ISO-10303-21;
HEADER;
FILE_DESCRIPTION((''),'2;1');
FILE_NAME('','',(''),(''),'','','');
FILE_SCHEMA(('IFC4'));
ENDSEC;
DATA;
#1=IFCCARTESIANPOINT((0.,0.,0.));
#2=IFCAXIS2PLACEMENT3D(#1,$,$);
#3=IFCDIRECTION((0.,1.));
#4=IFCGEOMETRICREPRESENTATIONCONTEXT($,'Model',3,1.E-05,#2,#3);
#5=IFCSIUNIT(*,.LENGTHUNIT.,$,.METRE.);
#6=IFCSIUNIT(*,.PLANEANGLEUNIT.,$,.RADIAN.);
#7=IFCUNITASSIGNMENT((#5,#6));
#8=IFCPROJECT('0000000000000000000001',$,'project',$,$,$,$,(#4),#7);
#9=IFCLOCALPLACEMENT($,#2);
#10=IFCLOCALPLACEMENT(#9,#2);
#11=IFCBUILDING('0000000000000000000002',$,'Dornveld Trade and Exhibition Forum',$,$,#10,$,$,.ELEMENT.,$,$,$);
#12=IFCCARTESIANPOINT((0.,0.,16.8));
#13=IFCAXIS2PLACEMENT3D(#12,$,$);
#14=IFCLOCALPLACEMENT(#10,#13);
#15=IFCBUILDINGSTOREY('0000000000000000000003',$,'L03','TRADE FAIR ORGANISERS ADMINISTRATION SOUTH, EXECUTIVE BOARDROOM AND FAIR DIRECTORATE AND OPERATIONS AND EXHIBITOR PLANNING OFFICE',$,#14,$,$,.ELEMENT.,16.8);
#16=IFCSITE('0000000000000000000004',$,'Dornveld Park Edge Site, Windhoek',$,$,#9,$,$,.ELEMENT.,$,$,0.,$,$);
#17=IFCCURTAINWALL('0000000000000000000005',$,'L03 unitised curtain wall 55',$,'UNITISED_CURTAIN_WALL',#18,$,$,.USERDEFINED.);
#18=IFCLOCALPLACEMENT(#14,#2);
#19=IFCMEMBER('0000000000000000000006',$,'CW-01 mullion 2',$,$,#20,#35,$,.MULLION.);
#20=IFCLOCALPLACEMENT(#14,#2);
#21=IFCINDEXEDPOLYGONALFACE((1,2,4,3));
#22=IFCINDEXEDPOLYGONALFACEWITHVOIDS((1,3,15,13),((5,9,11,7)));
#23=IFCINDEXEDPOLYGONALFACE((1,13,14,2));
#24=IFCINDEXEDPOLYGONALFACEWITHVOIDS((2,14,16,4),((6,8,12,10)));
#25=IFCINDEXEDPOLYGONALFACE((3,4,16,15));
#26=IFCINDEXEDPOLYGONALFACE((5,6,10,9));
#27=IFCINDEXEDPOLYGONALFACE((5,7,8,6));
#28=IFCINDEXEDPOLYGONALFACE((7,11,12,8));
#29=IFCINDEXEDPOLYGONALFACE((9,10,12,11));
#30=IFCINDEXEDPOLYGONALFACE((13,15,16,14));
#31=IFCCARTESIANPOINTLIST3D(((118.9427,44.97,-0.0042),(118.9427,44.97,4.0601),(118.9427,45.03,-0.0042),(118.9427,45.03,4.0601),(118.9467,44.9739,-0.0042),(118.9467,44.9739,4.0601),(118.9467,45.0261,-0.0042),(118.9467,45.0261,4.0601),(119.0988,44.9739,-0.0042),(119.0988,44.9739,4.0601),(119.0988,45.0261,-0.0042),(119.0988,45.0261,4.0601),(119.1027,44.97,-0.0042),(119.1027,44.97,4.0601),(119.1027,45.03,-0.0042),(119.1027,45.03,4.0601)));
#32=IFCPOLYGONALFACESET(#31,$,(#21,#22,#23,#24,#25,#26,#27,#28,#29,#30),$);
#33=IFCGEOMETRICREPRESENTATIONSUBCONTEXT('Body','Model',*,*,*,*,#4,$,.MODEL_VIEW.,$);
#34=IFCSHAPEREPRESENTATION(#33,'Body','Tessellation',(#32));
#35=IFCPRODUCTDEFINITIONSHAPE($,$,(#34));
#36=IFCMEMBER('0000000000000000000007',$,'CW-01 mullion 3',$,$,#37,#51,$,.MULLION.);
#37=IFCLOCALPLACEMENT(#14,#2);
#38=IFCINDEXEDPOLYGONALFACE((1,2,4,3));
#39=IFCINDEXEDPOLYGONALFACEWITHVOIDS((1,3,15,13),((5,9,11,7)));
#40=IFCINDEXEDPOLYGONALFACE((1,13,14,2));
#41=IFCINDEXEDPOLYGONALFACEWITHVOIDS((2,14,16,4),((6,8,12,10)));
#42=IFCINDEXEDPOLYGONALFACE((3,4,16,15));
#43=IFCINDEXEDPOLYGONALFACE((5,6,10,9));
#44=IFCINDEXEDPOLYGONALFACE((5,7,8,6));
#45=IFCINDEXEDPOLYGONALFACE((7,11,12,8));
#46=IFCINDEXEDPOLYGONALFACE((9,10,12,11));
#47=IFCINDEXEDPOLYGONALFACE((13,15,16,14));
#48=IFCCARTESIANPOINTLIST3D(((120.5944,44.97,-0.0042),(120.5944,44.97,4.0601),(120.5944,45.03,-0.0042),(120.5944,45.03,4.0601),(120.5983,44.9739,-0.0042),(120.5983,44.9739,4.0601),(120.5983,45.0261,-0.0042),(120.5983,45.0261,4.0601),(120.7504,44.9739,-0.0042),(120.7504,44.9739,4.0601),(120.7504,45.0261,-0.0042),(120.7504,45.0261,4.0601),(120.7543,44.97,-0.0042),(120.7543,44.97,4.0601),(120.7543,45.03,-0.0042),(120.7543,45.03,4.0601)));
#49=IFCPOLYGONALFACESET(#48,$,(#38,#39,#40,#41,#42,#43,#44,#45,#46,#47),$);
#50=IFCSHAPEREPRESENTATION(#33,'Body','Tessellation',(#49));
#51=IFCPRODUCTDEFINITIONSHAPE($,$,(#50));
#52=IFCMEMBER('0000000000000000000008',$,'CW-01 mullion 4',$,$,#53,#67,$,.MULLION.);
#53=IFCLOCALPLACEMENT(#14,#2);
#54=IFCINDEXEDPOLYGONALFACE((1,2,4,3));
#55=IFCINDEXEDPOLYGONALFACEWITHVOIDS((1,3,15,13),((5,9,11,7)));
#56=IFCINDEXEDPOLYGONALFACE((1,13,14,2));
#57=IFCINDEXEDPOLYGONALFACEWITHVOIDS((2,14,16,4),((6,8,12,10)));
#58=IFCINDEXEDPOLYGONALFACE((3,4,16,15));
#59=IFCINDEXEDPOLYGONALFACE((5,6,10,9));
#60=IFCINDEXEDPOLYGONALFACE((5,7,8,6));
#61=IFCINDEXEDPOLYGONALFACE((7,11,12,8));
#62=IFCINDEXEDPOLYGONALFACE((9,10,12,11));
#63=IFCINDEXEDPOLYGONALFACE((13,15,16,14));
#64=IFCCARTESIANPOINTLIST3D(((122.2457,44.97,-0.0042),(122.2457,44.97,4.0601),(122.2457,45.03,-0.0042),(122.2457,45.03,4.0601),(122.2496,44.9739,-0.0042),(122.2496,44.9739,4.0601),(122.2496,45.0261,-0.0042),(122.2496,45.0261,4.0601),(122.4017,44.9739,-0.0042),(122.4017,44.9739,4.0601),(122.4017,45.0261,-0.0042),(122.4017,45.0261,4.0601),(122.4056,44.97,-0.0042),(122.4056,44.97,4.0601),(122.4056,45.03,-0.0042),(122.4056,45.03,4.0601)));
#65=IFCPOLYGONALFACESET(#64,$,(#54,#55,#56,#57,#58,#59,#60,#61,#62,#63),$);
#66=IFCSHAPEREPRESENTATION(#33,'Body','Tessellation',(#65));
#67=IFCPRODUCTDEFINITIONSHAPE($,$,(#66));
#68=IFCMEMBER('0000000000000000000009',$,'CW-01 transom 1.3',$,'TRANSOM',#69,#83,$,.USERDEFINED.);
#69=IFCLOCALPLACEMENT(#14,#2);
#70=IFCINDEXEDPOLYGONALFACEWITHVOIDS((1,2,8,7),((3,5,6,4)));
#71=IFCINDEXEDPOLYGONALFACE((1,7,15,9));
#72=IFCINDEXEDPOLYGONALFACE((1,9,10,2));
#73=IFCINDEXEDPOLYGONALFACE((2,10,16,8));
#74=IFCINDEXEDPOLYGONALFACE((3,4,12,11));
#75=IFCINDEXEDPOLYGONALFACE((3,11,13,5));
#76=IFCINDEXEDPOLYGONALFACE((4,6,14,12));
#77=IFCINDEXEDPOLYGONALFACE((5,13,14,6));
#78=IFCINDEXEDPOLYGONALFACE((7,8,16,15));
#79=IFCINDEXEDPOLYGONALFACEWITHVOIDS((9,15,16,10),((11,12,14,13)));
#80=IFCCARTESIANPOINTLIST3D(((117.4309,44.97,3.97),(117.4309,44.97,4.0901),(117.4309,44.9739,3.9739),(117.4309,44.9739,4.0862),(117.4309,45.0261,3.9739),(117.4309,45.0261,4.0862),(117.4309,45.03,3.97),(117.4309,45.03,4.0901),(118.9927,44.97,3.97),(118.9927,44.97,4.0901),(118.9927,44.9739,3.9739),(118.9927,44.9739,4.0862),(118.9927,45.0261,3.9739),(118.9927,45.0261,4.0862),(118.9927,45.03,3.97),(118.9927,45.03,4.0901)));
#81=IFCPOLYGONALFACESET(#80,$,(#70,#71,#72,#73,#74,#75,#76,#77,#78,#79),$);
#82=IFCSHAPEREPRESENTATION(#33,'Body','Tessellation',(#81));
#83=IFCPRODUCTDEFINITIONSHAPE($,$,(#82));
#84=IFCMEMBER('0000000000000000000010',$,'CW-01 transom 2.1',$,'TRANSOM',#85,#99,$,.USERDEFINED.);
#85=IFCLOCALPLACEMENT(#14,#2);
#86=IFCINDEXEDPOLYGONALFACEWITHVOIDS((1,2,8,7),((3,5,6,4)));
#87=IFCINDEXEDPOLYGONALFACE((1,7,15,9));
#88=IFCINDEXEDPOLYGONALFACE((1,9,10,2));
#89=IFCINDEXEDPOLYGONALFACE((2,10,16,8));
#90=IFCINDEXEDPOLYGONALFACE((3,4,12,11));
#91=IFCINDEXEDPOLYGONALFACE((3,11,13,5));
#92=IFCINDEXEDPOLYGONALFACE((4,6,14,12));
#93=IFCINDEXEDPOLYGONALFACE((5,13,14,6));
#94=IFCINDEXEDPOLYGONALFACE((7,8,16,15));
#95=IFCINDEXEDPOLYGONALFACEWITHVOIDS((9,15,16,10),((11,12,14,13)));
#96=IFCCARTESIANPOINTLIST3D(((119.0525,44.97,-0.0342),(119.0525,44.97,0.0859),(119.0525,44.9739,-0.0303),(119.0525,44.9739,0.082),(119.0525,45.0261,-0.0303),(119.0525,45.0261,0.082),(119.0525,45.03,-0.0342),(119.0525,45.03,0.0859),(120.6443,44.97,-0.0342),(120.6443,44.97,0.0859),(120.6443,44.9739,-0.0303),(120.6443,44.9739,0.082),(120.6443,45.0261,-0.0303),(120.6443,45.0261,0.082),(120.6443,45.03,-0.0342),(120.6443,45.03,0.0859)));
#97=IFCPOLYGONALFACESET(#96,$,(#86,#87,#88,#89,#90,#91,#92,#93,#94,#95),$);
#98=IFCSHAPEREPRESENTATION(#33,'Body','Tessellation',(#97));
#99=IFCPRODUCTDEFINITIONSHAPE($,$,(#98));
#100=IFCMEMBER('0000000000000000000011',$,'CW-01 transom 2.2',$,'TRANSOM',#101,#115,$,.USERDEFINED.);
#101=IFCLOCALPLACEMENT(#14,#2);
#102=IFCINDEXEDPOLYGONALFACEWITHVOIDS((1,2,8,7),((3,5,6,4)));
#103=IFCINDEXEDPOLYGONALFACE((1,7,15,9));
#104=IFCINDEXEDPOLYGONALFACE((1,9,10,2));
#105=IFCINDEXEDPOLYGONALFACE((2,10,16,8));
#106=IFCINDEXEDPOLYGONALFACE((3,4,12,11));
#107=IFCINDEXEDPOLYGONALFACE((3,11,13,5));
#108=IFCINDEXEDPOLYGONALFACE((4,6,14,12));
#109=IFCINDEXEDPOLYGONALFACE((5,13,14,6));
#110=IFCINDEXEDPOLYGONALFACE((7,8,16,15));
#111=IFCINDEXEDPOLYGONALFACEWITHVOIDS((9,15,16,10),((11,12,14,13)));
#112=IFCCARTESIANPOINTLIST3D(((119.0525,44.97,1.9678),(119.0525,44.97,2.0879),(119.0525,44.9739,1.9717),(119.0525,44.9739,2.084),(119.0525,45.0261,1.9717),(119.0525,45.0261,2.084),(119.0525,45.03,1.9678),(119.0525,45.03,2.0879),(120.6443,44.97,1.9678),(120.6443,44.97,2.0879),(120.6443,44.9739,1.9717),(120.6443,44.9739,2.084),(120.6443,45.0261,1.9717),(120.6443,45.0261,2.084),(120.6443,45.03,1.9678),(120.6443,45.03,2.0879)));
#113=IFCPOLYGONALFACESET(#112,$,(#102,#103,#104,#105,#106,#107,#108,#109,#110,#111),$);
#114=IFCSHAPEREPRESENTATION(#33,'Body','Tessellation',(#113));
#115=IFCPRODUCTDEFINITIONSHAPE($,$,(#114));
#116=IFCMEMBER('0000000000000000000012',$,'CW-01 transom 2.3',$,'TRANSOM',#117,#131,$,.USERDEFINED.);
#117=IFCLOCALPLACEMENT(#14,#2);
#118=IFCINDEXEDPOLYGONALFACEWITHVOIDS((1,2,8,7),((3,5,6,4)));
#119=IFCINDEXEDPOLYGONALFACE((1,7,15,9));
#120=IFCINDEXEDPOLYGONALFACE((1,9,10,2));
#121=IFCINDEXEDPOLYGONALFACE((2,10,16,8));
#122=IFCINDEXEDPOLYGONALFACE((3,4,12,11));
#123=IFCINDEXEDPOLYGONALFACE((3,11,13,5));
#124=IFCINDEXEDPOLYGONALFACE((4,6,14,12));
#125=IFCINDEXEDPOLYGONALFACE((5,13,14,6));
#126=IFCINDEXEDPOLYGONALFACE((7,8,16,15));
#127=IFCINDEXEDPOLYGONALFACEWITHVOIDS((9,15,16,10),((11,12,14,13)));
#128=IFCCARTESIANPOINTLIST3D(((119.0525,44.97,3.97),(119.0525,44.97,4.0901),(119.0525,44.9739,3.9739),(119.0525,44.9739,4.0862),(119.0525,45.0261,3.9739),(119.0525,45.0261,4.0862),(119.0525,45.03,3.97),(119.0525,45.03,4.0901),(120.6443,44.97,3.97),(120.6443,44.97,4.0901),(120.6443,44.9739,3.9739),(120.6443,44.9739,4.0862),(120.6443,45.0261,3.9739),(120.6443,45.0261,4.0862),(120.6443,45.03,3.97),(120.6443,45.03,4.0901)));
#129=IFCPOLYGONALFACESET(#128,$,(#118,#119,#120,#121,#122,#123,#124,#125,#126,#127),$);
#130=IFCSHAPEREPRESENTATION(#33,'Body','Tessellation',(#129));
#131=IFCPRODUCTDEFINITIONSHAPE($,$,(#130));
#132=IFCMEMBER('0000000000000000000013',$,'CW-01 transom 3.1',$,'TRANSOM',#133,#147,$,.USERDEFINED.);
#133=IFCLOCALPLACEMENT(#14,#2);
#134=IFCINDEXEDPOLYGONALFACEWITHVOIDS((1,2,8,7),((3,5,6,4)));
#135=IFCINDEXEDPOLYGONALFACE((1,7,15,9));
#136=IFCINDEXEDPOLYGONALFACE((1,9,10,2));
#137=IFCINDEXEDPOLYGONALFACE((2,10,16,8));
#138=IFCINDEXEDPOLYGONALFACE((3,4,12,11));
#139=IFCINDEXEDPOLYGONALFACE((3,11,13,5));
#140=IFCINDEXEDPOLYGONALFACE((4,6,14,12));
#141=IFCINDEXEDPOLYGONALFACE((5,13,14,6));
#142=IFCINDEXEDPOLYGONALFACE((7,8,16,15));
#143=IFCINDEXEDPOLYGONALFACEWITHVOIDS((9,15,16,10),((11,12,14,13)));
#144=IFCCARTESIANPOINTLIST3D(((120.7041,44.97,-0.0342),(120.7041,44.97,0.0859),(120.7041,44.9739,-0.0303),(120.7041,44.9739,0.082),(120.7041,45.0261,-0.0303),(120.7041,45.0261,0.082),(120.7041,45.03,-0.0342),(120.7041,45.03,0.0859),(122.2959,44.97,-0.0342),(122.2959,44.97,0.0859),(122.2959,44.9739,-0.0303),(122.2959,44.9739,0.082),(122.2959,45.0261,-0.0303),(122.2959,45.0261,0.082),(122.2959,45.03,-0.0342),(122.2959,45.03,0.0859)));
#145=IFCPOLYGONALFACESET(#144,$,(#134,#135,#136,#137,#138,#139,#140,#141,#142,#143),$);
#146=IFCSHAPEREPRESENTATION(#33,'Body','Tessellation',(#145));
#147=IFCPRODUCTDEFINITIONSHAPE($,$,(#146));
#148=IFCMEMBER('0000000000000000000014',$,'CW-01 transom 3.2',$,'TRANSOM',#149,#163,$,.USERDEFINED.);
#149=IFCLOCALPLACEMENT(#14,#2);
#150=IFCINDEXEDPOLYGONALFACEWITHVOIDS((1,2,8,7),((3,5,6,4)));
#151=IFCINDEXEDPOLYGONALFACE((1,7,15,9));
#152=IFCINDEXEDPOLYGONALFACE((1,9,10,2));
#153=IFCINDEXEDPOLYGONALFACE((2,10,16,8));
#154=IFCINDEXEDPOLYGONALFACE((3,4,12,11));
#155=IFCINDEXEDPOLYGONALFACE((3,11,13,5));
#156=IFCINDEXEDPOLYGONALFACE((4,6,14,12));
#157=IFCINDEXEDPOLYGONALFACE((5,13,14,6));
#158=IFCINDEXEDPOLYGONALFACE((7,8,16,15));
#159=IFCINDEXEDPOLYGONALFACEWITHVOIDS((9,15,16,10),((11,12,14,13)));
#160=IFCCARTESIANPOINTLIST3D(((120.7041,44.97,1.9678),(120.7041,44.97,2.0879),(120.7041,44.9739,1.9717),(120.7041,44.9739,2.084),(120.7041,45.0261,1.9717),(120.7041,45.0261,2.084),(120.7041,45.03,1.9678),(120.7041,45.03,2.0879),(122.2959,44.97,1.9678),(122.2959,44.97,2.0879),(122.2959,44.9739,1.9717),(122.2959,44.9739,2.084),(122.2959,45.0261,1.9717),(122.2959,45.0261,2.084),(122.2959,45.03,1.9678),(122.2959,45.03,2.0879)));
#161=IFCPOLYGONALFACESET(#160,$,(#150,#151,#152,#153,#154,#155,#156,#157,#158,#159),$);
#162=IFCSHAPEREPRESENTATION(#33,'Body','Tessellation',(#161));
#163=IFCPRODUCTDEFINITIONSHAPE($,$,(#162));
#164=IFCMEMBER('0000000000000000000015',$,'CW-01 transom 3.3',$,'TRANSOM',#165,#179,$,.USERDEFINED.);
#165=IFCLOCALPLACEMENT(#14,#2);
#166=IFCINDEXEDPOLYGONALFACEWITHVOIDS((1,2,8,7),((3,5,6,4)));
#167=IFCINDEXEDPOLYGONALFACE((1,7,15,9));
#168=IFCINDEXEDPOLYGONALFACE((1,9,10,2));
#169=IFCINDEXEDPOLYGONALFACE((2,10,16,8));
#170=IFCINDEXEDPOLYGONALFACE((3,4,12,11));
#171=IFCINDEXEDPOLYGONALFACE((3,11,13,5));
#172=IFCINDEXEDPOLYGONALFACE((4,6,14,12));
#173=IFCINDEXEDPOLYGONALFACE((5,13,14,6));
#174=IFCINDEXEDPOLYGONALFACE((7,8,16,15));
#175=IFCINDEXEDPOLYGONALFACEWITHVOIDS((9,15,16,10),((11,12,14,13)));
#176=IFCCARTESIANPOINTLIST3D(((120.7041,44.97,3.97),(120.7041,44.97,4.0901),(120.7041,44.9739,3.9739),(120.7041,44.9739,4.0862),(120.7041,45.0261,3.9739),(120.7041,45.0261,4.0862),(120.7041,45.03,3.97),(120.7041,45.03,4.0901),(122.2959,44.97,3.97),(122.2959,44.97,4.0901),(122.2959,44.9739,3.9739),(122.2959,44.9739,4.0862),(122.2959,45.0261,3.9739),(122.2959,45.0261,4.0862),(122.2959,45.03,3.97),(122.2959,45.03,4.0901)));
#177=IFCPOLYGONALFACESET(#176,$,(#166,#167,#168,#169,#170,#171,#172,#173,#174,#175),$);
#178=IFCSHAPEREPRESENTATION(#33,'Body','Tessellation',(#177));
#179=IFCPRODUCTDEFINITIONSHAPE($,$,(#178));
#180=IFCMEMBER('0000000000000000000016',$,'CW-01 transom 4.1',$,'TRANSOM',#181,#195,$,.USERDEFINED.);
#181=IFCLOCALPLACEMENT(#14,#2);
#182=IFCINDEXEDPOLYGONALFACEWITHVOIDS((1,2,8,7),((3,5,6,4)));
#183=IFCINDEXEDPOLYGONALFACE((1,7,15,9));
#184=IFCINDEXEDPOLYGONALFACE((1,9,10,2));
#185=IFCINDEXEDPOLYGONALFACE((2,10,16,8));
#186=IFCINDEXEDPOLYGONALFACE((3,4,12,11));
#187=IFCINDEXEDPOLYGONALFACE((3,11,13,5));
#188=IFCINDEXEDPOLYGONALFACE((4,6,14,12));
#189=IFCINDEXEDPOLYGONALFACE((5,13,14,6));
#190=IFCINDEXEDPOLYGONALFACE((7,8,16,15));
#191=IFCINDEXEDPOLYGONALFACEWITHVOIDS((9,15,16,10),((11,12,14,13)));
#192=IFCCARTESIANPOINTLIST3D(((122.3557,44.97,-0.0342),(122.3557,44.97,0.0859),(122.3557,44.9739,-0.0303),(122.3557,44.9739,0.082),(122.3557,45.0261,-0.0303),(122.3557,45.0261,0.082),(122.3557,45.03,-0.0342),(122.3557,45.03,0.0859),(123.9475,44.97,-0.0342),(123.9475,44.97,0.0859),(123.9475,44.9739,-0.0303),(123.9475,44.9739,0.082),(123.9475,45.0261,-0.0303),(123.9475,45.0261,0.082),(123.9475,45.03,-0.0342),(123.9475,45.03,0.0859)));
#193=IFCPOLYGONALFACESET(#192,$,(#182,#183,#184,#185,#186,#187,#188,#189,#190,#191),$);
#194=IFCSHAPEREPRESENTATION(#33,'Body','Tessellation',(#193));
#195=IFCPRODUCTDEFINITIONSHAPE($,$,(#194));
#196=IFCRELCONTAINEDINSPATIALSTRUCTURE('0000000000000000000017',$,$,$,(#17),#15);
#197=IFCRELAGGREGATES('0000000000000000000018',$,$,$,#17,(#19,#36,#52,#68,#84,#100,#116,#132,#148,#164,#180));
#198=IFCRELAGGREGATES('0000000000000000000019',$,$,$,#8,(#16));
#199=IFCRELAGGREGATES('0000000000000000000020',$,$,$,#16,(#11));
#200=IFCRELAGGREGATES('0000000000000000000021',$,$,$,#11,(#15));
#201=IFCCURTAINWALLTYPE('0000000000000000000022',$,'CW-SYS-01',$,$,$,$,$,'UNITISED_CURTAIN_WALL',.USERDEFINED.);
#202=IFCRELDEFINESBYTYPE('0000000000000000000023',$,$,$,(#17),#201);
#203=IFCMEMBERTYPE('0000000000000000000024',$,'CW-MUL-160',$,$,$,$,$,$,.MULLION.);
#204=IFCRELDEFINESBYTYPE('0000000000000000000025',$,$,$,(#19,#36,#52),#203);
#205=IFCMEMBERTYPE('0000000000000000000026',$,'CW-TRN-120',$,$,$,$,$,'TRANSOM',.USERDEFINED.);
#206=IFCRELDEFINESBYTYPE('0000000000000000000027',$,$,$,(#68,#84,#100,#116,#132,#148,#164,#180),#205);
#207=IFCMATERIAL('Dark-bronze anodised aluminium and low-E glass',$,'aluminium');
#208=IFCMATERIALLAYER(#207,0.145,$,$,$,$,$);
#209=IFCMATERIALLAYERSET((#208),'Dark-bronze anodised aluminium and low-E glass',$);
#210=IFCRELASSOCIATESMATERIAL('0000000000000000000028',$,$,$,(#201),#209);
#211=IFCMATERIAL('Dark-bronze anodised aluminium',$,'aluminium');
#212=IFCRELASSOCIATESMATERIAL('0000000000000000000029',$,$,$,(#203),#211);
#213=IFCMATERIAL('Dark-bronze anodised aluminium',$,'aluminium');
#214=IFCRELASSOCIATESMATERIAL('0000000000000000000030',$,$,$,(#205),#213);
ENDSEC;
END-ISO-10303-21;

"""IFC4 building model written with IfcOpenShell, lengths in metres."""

from ifc_helpers import new_model, si_unit, direction, frame, origin, origin_2d, place, context, subcontext, project, spatial, hollow_rectangle, extrude, material, layer, layer_set, material_profile, profile_set, type_object, element, aggregate, save


model = new_model("IFC4")

# Units and contexts
model_context = context("Model", 3, precision=1e-05, world=origin(), true_north=direction((0.0, 1.0)))
body_context = subcontext(model_context, "Body", "Model", "MODEL_VIEW")
ifc_project = project(units=[si_unit("LENGTHUNIT", "METRE"), si_unit("PLANEANGLEUNIT", "RADIAN")], contexts=[model_context])

# Site, building, storey
site_placement = place(None, origin())
site = spatial("IfcSite", under=ifc_project, at=site_placement, Name="Dornveld Park Edge Site, Windhoek", CompositionType="ELEMENT", RefElevation=0.0)
building_placement = place(site_placement, origin())
building = spatial("IfcBuilding", under=site, at=building_placement, Name="Dornveld Trade and Exhibition Forum", CompositionType="ELEMENT")
storey_placement = place(building_placement, frame((0.0, 0.0, 16.8)))
storey = spatial("IfcBuildingStorey", under=building, at=storey_placement, Name="L03", Description="TRADE FAIR ORGANISERS ADMINISTRATION SOUTH, EXECUTIVE BOARDROOM AND FAIR DIRECTORATE AND OPERATIONS AND EXHIBITOR PLANNING OFFICE", CompositionType="ELEMENT", Elevation=16.8)

# Curtain wall, members
ifc_material_1 = material(Name="Dark-bronze anodised aluminium and low-E glass", Category="aluminium")
ifc_layer_1 = layer(ifc_material_1, 0.145)
ifc_layer_set_1 = layer_set([ifc_layer_1], Name="Dark-bronze anodised aluminium and low-E glass")
curtain_wall_type = type_object("IfcCurtainWallType", Name="CW-SYS-01", ElementType="UNITISED_CURTAIN_WALL", PredefinedType="USERDEFINED", material=ifc_layer_set_1)
curtain_wall_placement = place(storey_placement, origin())
curtain_wall = element("IfcCurtainWall", 1, at=curtain_wall_placement, inside=storey, type_object=curtain_wall_type, Name="L03 unitised curtain wall 55", ObjectType="UNITISED_CURTAIN_WALL", PredefinedType="USERDEFINED")
ifc_material_2 = material(Name="Dark-bronze anodised aluminium", Category="aluminium")
ifc_material_profile_1 = material_profile(ifc_material_2, hollow_rectangle(XDim=0.0601, YDim=0.1599, WallThickness=0.0039, at=origin_2d()), Name="RHS 160x60x4")
ifc_profile_set_1 = profile_set([ifc_material_profile_1], Name="Dark-bronze anodised aluminium")
member_type_1 = type_object("IfcMemberType", Name="CW-MUL-160", PredefinedType="MULLION", material=ifc_profile_set_1)
member_1_placement = place(storey_placement, frame((119.0227, 45.0, -0.0042), z_axis=(0.0, 0.0, 1.0), x_axis=(0.0, 1.0, 0.0)))
member_1 = element("IfcMember", 2, at=member_1_placement, type_object=member_type_1, Name="CW-01 mullion 2", PredefinedType="MULLION", context=body_context, shape_type="SweptSolid", body=[
    extrude(hollow_rectangle(XDim=0.0601, YDim=0.1599, WallThickness=0.0039, at=origin_2d()), origin(), (0.0, 0.0, 1.0), 4.0642),
])
member_2_placement = place(storey_placement, frame((120.6743, 45.0, -0.0042), z_axis=(0.0, 0.0, 1.0), x_axis=(0.0, 1.0, 0.0)))
member_2 = element("IfcMember", 3, at=member_2_placement, type_object=member_type_1, Name="CW-01 mullion 3", PredefinedType="MULLION", context=body_context, shape_type="SweptSolid", body=[
    extrude(hollow_rectangle(XDim=0.0601, YDim=0.1599, WallThickness=0.0039, at=origin_2d()), origin(), (0.0, 0.0, 1.0), 4.0642),
])
member_3_placement = place(storey_placement, frame((122.3257, 45.0, -0.0042), z_axis=(0.0, 0.0, 1.0), x_axis=(0.0, 1.0, 0.0)))
member_3 = element("IfcMember", 4, at=member_3_placement, type_object=member_type_1, Name="CW-01 mullion 4", PredefinedType="MULLION", context=body_context, shape_type="SweptSolid", body=[
    extrude(hollow_rectangle(XDim=0.0601, YDim=0.1599, WallThickness=0.0039, at=origin_2d()), origin(), (0.0, 0.0, 1.0), 4.0642),
])
ifc_material_3 = material(Name="Dark-bronze anodised aluminium", Category="aluminium")
ifc_material_profile_2 = material_profile(ifc_material_3, hollow_rectangle(XDim=0.0601, YDim=0.1201, WallThickness=0.0039, at=origin_2d()), Name="RHS 120x60x4")
ifc_profile_set_2 = profile_set([ifc_material_profile_2], Name="Dark-bronze anodised aluminium")
member_type_2 = type_object("IfcMemberType", Name="CW-TRN-120", ElementType="TRANSOM", PredefinedType="USERDEFINED", material=ifc_profile_set_2)
member_4_placement = place(storey_placement, frame((117.4309, 45.0, 4.03), z_axis=(1.0, 0.0, 0.0), x_axis=(0.0, 1.0, 0.0)))
member_4 = element("IfcMember", 5, at=member_4_placement, type_object=member_type_2, Name="CW-01 transom 1.3", ObjectType="TRANSOM", PredefinedType="USERDEFINED", context=body_context, shape_type="SweptSolid", body=[
    extrude(hollow_rectangle(XDim=0.0601, YDim=0.1201, WallThickness=0.0039, at=origin_2d()), origin(), (0.0, 0.0, 1.0), 1.5618),
])
member_5_placement = place(storey_placement, frame((119.0525, 45.0, 0.0259), z_axis=(1.0, 0.0, 0.0), x_axis=(0.0, 1.0, 0.0)))
member_5 = element("IfcMember", 6, at=member_5_placement, type_object=member_type_2, Name="CW-01 transom 2.1", ObjectType="TRANSOM", PredefinedType="USERDEFINED", context=body_context, shape_type="SweptSolid", body=[
    extrude(hollow_rectangle(XDim=0.0601, YDim=0.1201, WallThickness=0.0039, at=origin_2d()), origin(), (0.0, 0.0, 1.0), 1.5918),
])
member_6_placement = place(storey_placement, frame((119.0525, 45.0, 2.0278), z_axis=(1.0, 0.0, 0.0), x_axis=(0.0, 1.0, 0.0)))
member_6 = element("IfcMember", 7, at=member_6_placement, type_object=member_type_2, Name="CW-01 transom 2.2", ObjectType="TRANSOM", PredefinedType="USERDEFINED", context=body_context, shape_type="SweptSolid", body=[
    extrude(hollow_rectangle(XDim=0.0601, YDim=0.1201, WallThickness=0.0039, at=origin_2d()), origin(), (0.0, 0.0, 1.0), 1.5918),
])
member_7_placement = place(storey_placement, frame((119.0525, 45.0, 4.03), z_axis=(1.0, 0.0, 0.0), x_axis=(0.0, 1.0, 0.0)))
member_7 = element("IfcMember", 8, at=member_7_placement, type_object=member_type_2, Name="CW-01 transom 2.3", ObjectType="TRANSOM", PredefinedType="USERDEFINED", context=body_context, shape_type="SweptSolid", body=[
    extrude(hollow_rectangle(XDim=0.0601, YDim=0.1201, WallThickness=0.0039, at=origin_2d()), origin(), (0.0, 0.0, 1.0), 1.5918),
])
member_8_placement = place(storey_placement, frame((120.7041, 45.0, 0.0259), z_axis=(1.0, 0.0, 0.0), x_axis=(0.0, 1.0, 0.0)))
member_8 = element("IfcMember", 9, at=member_8_placement, type_object=member_type_2, Name="CW-01 transom 3.1", ObjectType="TRANSOM", PredefinedType="USERDEFINED", context=body_context, shape_type="SweptSolid", body=[
    extrude(hollow_rectangle(XDim=0.0601, YDim=0.1201, WallThickness=0.0039, at=origin_2d()), origin(), (0.0, 0.0, 1.0), 1.5918),
])
member_9_placement = place(storey_placement, frame((120.7041, 45.0, 2.0278), z_axis=(1.0, 0.0, 0.0), x_axis=(0.0, 1.0, 0.0)))
member_9 = element("IfcMember", 10, at=member_9_placement, type_object=member_type_2, Name="CW-01 transom 3.2", ObjectType="TRANSOM", PredefinedType="USERDEFINED", context=body_context, shape_type="SweptSolid", body=[
    extrude(hollow_rectangle(XDim=0.0601, YDim=0.1201, WallThickness=0.0039, at=origin_2d()), origin(), (0.0, 0.0, 1.0), 1.5918),
])
member_10_placement = place(storey_placement, frame((120.7041, 45.0, 4.03), z_axis=(1.0, 0.0, 0.0), x_axis=(0.0, 1.0, 0.0)))
member_10 = element("IfcMember", 11, at=member_10_placement, type_object=member_type_2, Name="CW-01 transom 3.3", ObjectType="TRANSOM", PredefinedType="USERDEFINED", context=body_context, shape_type="SweptSolid", body=[
    extrude(hollow_rectangle(XDim=0.0601, YDim=0.1201, WallThickness=0.0039, at=origin_2d()), origin(), (0.0, 0.0, 1.0), 1.5918),
])
member_11_placement = place(storey_placement, frame((122.3557, 45.0, 0.0259), z_axis=(1.0, 0.0, 0.0), x_axis=(0.0, 1.0, 0.0)))
member_11 = element("IfcMember", 12, at=member_11_placement, type_object=member_type_2, Name="CW-01 transom 4.1", ObjectType="TRANSOM", PredefinedType="USERDEFINED", context=body_context, shape_type="SweptSolid", body=[
    extrude(hollow_rectangle(XDim=0.0601, YDim=0.1201, WallThickness=0.0039, at=origin_2d()), origin(), (0.0, 0.0, 1.0), 1.5918),
])
aggregate(curtain_wall, [member_1, member_2, member_3, member_4, member_5, member_6, member_7, member_8, member_9, member_10, member_11])

save(model, "model.ifc")
